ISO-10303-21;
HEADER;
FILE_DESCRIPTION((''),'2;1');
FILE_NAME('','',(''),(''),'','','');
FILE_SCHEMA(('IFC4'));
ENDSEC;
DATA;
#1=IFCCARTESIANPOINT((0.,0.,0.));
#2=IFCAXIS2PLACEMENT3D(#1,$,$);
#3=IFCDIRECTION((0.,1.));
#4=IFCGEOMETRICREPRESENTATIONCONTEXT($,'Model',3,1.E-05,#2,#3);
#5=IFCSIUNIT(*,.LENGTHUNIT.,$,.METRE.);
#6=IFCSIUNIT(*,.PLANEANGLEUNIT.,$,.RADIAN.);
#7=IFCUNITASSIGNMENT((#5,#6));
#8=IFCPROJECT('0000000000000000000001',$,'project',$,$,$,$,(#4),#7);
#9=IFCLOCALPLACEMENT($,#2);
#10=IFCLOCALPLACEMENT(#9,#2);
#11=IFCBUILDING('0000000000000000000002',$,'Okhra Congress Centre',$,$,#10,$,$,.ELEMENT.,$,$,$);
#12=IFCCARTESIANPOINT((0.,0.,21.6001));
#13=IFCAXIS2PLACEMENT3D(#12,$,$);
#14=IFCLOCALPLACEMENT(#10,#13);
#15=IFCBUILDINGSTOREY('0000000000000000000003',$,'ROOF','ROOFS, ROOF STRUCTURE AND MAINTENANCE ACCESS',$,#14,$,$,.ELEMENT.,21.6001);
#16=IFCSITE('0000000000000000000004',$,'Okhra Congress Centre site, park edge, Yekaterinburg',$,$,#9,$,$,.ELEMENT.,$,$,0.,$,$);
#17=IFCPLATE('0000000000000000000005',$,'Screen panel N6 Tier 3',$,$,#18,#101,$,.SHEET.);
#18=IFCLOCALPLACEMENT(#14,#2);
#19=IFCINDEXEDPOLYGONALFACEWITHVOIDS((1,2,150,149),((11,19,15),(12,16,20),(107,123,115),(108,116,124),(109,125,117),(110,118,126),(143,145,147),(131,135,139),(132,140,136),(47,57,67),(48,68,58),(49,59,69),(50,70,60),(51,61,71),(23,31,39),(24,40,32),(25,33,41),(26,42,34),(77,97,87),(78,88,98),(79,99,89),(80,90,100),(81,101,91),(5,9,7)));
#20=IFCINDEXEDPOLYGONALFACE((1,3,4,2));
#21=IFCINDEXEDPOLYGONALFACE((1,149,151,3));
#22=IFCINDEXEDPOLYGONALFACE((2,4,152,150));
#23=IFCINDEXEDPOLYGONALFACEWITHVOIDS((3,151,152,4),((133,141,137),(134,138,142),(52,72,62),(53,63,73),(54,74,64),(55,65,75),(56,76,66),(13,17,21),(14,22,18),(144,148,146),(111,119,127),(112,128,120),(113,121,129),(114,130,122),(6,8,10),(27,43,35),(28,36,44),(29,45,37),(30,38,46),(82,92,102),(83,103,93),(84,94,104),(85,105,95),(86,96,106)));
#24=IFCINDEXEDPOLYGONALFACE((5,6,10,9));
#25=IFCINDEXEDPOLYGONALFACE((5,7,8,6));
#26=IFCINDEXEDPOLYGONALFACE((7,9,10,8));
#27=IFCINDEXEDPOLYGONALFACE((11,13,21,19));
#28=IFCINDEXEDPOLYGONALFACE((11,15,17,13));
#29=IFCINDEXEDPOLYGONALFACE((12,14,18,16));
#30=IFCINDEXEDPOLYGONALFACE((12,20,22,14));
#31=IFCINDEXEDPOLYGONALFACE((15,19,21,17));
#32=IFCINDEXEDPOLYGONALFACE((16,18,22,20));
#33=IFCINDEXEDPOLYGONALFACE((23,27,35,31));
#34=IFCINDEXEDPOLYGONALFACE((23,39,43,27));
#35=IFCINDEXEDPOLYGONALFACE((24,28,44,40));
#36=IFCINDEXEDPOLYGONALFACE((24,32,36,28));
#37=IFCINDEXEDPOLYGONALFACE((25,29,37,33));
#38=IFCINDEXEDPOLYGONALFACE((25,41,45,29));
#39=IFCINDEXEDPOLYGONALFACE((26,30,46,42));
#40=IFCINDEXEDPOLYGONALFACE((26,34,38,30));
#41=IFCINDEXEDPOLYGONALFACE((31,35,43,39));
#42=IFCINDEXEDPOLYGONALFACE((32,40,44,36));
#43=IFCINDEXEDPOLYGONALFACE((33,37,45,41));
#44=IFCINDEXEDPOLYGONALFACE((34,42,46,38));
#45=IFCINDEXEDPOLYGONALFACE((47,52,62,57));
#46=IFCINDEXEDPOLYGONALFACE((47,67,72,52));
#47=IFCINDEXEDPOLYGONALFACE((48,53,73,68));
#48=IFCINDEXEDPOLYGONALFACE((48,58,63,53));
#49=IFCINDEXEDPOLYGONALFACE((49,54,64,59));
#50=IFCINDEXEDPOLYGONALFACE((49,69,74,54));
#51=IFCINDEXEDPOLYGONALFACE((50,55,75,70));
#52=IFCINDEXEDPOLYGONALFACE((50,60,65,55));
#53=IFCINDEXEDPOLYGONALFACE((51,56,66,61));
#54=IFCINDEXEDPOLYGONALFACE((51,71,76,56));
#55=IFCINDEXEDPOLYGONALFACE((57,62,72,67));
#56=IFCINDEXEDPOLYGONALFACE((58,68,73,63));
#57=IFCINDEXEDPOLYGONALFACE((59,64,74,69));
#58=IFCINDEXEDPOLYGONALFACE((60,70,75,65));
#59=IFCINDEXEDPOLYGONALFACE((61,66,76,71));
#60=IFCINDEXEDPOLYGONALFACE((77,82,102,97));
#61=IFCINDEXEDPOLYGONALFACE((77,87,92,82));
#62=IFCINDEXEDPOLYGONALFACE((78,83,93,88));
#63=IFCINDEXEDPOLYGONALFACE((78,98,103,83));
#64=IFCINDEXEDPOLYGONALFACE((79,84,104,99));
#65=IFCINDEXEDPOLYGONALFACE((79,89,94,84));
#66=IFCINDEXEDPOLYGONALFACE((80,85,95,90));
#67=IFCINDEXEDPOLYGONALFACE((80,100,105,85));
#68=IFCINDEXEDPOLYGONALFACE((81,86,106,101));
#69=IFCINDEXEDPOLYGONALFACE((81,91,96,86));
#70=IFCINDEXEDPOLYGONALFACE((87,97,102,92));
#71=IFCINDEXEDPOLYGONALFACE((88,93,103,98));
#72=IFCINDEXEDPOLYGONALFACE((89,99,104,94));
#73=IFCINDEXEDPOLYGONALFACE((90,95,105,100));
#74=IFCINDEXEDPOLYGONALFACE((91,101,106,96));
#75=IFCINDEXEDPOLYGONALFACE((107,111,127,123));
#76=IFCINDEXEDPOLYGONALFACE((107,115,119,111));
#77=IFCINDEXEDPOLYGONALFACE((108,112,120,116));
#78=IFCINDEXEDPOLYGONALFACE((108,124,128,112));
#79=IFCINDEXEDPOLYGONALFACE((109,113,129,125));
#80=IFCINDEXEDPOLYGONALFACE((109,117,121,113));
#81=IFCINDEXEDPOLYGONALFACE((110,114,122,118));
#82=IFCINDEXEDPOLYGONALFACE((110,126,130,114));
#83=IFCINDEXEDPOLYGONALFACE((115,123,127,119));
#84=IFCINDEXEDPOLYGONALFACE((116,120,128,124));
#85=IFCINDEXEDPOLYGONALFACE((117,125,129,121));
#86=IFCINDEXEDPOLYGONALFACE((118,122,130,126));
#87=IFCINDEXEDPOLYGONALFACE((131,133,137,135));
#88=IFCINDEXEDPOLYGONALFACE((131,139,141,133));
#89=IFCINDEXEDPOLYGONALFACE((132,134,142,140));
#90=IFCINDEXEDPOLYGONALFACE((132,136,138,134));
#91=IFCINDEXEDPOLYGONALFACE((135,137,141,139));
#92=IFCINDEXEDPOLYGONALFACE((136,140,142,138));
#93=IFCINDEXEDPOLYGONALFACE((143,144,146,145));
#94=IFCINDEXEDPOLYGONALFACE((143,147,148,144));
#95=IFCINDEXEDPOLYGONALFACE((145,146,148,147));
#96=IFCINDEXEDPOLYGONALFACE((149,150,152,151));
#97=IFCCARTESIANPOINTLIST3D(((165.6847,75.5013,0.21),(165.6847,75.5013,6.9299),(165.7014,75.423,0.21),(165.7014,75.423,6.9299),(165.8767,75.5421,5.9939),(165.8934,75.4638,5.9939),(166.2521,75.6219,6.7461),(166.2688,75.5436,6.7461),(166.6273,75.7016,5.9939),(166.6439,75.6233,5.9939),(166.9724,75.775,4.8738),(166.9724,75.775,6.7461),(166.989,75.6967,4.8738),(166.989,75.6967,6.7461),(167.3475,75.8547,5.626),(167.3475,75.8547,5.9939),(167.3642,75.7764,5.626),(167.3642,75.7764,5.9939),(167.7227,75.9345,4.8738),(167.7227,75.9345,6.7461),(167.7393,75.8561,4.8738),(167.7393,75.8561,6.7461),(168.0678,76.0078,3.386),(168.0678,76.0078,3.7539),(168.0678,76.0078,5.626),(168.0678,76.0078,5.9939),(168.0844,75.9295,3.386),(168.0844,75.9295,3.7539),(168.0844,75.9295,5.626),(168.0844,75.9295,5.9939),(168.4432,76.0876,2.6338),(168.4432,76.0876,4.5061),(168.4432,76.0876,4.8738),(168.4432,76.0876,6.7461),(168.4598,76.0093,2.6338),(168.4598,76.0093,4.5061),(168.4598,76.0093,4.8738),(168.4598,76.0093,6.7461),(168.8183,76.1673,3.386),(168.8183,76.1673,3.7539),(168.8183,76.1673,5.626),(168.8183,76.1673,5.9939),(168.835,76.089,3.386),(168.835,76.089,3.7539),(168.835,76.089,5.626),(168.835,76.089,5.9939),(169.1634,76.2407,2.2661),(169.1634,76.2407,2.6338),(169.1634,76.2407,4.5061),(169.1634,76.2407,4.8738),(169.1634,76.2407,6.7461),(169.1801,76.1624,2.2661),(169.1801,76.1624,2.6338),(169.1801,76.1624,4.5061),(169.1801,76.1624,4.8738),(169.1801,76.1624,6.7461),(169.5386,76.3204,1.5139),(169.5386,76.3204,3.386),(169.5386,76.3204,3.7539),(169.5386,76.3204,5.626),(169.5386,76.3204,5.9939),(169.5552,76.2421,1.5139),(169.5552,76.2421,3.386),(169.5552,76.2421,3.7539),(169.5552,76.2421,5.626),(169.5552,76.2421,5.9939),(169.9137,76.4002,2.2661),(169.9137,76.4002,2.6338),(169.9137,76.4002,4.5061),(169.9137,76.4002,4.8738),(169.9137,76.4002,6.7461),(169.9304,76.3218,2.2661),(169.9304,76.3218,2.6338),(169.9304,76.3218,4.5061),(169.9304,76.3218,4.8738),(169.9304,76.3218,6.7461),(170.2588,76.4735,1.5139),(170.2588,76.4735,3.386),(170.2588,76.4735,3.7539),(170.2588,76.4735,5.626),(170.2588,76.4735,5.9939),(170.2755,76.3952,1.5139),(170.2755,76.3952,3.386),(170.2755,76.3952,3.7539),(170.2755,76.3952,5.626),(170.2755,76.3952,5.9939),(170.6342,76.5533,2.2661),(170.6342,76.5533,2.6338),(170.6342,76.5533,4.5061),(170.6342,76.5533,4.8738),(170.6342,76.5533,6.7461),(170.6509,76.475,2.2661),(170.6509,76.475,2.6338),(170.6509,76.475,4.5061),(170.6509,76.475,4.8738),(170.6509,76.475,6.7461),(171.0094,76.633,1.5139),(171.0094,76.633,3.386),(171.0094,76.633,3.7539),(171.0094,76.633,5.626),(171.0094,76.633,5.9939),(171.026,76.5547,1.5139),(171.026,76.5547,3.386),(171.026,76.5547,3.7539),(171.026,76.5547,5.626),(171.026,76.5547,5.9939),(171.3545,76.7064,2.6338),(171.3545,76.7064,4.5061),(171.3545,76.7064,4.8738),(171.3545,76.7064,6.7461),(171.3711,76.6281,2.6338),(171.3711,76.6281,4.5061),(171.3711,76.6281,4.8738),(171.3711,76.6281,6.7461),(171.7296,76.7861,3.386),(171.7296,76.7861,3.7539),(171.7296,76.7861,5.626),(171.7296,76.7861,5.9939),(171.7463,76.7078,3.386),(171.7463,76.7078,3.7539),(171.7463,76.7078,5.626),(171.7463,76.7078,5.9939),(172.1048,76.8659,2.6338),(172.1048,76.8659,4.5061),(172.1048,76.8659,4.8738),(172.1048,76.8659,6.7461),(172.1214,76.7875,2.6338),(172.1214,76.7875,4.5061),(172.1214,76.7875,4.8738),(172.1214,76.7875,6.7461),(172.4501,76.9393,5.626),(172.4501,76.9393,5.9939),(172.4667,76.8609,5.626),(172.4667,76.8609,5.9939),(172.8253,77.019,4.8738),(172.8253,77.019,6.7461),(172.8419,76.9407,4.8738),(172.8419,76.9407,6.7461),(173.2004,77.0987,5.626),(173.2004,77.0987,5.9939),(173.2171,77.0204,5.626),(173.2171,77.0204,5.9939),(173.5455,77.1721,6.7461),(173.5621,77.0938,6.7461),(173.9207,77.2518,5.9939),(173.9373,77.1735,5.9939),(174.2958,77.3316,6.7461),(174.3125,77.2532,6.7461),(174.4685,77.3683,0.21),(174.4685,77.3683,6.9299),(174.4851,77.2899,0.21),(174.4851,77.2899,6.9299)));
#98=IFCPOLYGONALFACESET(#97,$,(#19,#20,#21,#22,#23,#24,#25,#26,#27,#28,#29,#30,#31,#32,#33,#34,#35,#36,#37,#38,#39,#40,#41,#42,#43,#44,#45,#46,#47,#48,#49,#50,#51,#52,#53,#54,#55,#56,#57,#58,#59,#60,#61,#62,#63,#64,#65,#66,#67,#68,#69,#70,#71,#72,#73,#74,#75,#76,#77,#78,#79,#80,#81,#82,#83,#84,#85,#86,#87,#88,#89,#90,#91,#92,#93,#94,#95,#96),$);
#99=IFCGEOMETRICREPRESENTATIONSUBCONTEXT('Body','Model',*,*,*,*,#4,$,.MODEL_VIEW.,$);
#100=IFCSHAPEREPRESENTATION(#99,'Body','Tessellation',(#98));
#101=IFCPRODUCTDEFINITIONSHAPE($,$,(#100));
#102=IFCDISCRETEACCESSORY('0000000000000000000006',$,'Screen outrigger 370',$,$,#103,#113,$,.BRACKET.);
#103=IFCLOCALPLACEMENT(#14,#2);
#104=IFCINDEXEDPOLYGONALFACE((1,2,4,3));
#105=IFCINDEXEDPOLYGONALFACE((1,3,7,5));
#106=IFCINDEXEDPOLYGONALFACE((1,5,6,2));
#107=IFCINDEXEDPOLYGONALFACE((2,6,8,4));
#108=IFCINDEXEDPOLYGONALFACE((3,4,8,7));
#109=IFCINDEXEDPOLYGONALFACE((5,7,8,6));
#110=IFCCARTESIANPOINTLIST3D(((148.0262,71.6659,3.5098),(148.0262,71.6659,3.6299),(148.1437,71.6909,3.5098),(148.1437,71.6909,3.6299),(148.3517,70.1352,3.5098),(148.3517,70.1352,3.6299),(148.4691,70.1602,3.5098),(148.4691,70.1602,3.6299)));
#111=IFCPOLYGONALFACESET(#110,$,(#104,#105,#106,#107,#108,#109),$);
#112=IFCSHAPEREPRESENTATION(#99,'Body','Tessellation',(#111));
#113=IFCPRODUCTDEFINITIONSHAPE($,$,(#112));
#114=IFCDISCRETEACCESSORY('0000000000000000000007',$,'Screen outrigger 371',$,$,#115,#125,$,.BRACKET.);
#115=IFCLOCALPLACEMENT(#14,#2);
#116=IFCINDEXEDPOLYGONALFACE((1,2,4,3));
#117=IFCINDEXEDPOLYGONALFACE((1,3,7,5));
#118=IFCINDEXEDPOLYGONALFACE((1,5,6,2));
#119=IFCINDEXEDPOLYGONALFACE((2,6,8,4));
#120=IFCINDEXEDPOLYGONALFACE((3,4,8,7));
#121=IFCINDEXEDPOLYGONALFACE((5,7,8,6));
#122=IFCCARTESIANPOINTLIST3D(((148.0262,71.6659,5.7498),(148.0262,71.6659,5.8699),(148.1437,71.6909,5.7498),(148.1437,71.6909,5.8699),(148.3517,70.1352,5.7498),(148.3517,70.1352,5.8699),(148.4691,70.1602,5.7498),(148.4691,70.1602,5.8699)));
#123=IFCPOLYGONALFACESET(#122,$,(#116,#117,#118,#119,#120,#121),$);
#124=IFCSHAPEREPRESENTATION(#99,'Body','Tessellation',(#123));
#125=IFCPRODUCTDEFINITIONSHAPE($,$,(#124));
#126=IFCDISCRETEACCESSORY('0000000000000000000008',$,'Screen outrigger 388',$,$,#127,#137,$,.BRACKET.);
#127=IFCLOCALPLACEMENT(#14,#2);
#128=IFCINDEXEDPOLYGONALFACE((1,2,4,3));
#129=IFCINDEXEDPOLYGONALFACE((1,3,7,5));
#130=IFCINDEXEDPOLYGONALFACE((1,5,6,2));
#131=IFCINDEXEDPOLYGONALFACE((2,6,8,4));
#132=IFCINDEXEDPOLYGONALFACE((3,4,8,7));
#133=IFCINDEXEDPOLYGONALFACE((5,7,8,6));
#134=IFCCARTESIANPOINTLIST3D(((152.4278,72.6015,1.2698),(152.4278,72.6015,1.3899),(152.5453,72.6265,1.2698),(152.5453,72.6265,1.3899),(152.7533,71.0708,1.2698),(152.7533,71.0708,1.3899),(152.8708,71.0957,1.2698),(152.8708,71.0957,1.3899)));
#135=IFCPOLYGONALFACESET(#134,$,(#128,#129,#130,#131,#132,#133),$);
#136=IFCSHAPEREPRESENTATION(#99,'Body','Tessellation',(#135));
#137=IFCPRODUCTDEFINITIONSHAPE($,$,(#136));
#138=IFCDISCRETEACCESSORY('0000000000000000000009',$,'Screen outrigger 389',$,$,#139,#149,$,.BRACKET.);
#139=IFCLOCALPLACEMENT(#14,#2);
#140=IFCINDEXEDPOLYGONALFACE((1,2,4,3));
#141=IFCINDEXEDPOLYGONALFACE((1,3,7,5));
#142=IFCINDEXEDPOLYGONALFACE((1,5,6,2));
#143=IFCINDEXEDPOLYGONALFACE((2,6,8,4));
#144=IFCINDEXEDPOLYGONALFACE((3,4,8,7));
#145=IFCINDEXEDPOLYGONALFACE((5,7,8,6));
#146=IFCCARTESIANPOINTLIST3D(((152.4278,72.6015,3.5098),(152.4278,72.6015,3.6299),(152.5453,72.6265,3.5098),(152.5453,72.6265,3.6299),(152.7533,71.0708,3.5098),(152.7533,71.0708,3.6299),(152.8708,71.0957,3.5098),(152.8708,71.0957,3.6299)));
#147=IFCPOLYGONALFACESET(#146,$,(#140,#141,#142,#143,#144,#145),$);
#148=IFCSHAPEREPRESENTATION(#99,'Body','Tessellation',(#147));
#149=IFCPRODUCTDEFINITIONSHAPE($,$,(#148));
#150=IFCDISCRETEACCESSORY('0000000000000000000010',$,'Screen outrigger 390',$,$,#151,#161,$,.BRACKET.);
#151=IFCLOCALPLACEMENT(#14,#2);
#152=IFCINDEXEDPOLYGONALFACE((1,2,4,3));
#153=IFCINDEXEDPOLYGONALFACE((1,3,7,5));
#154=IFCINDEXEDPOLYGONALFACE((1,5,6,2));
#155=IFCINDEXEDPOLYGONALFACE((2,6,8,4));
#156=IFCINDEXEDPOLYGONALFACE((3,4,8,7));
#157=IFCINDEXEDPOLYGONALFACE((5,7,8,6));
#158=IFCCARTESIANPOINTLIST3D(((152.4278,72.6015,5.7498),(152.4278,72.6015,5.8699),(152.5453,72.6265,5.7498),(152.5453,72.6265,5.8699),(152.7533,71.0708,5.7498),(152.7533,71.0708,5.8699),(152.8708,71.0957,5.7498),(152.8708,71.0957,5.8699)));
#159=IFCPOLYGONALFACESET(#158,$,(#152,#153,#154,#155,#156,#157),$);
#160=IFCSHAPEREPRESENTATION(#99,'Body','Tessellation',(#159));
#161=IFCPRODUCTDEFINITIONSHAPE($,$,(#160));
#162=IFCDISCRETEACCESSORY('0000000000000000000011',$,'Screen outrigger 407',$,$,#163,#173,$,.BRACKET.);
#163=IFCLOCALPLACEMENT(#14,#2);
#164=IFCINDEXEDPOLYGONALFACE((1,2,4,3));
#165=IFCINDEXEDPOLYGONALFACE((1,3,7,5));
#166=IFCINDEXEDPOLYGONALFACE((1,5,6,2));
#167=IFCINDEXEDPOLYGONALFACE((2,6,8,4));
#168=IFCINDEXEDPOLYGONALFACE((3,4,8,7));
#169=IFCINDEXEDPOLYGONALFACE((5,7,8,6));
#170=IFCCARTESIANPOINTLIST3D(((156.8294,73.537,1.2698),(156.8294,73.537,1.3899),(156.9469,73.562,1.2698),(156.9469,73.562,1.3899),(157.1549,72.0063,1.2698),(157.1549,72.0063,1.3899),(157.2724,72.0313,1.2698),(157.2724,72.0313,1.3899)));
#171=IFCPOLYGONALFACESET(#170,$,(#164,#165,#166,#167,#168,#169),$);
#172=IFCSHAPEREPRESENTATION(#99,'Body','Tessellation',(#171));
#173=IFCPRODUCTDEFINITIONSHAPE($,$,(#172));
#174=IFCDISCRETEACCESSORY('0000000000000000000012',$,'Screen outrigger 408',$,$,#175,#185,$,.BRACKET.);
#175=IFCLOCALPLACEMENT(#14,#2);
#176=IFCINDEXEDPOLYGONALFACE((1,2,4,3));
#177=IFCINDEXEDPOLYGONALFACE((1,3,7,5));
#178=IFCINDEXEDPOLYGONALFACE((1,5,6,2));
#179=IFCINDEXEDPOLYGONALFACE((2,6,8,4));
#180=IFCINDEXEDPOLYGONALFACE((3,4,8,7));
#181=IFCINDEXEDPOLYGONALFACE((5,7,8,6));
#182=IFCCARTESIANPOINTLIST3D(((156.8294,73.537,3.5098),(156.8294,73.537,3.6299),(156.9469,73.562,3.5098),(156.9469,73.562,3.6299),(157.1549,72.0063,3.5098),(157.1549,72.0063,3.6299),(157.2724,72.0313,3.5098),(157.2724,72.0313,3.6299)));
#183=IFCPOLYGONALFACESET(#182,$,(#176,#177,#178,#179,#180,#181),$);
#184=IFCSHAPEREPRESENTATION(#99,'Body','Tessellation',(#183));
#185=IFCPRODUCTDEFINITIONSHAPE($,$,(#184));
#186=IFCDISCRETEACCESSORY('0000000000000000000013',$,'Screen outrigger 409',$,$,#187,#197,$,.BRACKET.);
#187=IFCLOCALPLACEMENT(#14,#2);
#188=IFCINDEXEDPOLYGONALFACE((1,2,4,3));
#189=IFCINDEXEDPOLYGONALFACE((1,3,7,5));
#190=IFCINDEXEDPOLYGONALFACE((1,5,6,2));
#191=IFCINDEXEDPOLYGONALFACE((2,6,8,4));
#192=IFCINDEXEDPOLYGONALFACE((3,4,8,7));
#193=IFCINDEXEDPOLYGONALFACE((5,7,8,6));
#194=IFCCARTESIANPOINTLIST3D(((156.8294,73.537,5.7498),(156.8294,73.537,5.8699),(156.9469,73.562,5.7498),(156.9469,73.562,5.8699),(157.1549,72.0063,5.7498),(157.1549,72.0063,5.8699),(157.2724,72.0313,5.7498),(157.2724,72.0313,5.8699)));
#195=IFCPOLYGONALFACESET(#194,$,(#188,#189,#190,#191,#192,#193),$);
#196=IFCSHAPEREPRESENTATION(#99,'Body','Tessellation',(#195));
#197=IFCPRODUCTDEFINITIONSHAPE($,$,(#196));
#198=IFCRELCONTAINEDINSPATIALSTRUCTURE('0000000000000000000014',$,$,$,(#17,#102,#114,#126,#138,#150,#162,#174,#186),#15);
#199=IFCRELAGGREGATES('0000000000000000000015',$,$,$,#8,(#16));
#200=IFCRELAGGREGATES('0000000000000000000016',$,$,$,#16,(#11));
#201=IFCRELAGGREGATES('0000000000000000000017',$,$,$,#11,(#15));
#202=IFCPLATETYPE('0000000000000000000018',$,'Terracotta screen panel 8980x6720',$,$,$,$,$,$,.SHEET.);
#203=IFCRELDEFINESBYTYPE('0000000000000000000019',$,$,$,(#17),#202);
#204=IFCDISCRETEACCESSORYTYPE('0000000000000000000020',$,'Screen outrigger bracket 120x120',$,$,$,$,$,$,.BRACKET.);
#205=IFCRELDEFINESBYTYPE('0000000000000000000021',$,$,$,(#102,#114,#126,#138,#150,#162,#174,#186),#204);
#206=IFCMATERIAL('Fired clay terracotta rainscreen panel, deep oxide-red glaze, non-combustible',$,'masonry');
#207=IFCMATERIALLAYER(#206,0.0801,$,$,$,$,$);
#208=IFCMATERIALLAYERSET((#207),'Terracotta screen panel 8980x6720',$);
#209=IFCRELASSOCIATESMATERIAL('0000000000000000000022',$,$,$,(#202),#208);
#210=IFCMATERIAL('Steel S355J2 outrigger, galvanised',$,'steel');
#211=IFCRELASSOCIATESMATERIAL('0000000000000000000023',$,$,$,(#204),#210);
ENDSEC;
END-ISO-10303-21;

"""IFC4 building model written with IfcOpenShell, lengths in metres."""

from ifc_helpers import new_model, si_unit, direction, frame, origin, origin_2d, place, context, subcontext, project, spatial, polyline, rectangle, outline, extrude, material, layer, layer_set, material_profile, profile_set, type_object, element, save


model = new_model("IFC4")

# Units and contexts
model_context = context("Model", 3, precision=1e-05, world=origin(), true_north=direction((0.0, 1.0)))
body_context = subcontext(model_context, "Body", "Model", "MODEL_VIEW")
ifc_project = project(units=[si_unit("LENGTHUNIT", "METRE"), si_unit("PLANEANGLEUNIT", "RADIAN")], contexts=[model_context])

# Site, building, storey
site_placement = place(None, origin())
site = spatial("IfcSite", under=ifc_project, at=site_placement, Name="Okhra Congress Centre site, park edge, Yekaterinburg", CompositionType="ELEMENT", RefElevation=0.0)
building_placement = place(site_placement, origin())
building = spatial("IfcBuilding", under=site, at=building_placement, Name="Okhra Congress Centre", CompositionType="ELEMENT")
storey_placement = place(building_placement, frame((0.0, 0.0, 21.6001)))
storey = spatial("IfcBuildingStorey", under=building, at=storey_placement, Name="ROOF", Description="ROOFS, ROOF STRUCTURE AND MAINTENANCE ACCESS", CompositionType="ELEMENT", Elevation=21.6001)

# Plate
ifc_material_1 = material(Name="Fired clay terracotta rainscreen panel, deep oxide-red glaze, non-combustible", Category="masonry")
ifc_layer_1 = layer(ifc_material_1, 0.0801)
ifc_layer_set_1 = layer_set([ifc_layer_1], Name="Terracotta screen panel 8980x6720")
plate_type_1 = type_object("IfcPlateType", Name="Terracotta screen panel 8980x6720", PredefinedType="SHEET", material=ifc_layer_set_1)
plate_1_placement = place(storey_placement, frame((174.4768, 77.3291, 0.21), z_axis=(0.0, 0.0, 1.0), x_axis=(-0.97815, -0.207902, 0.0)))
element("IfcPlate", 1, at=plate_1_placement, inside=storey, type_object=plate_type_1, Name="Screen panel N6 Tier 3", PredefinedType="SHEET", context=body_context, shape_type="SweptSolid", body=[
    extrude(outline(polyline([(0.0, 0.0), (8.98, 0.0), (8.98, 6.72), (0.0, 6.72), (0.0, 0.0)]), holes=[polyline([(3.5364, 1.304), (4.3037, 1.304), (3.9199, 2.0562), (3.5364, 1.304)]), polyline([(4.6565, 2.0562), (5.04, 1.304), (5.4236, 2.0562), (4.6565, 2.0562)]), polyline([(2.4165, 2.4238), (3.1836, 2.4238), (2.8, 3.176), (2.4165, 2.4238)]), polyline([(3.5364, 3.176), (3.9199, 2.4238), (4.3037, 3.176), (3.5364, 3.176)]), polyline([(4.6565, 2.4238), (5.4236, 2.4238), (5.04, 3.176), (4.6565, 2.4238)]), polyline([(5.7764, 3.176), (6.1599, 2.4238), (6.5437, 3.176), (5.7764, 3.176)]), polyline([(2.4165, 4.2961), (2.8, 3.5439), (3.1836, 4.2961), (2.4165, 4.2961)]), polyline([(3.5364, 3.5439), (4.3037, 3.5439), (3.9199, 4.2961), (3.5364, 3.5439)]), polyline([(4.6565, 4.2961), (5.04, 3.5439), (5.4236, 4.2961), (4.6565, 4.2961)]), polyline([(5.7764, 3.5439), (6.5437, 3.5439), (6.1599, 4.2961), (5.7764, 3.5439)]), polyline([(1.2964, 5.416), (1.6799, 4.6638), (2.0635, 5.416), (1.2964, 5.416)]), polyline([(2.4165, 4.6638), (3.1836, 4.6638), (2.8, 5.416), (2.4165, 4.6638)]), polyline([(3.5364, 5.416), (3.9199, 4.6638), (4.3037, 5.416), (3.5364, 5.416)]), polyline([(4.6565, 4.6638), (5.4236, 4.6638), (5.04, 5.416), (4.6565, 4.6638)]), polyline([(5.7764, 5.416), (6.1599, 4.6638), (6.5437, 5.416), (5.7764, 5.416)]), polyline([(6.8965, 4.6638), (7.6636, 4.6638), (7.28, 5.416), (6.8965, 4.6638)]), polyline([(0.1765, 6.5361), (0.5601, 5.7839), (0.9436, 6.5361), (0.1765, 6.5361)]), polyline([(1.2964, 5.7839), (2.0635, 5.7839), (1.6799, 6.5361), (1.2964, 5.7839)]), polyline([(2.4165, 6.5361), (2.8, 5.7839), (3.1836, 6.5361), (2.4165, 6.5361)]), polyline([(3.5364, 5.7839), (4.3037, 5.7839), (3.9199, 6.5361), (3.5364, 5.7839)]), polyline([(4.6565, 6.5361), (5.04, 5.7839), (5.4236, 6.5361), (4.6565, 6.5361)]), polyline([(5.7764, 5.7839), (6.5437, 5.7839), (6.1599, 6.5361), (5.7764, 5.7839)]), polyline([(6.8965, 6.5361), (7.28, 5.7839), (7.6636, 6.5361), (6.8965, 6.5361)]), polyline([(8.0164, 5.7839), (8.7837, 5.7839), (8.3999, 6.5361), (8.0164, 5.7839)])]), frame((0.0, 0.04, 0.0), z_axis=(0.0, -1.0, 0.0), x_axis=(1.0, 0.0, 0.0)), (0.0, 0.0, 1.0), 0.0801),
])

# Discrete accessories
ifc_material_2 = material(Name="Steel S355J2 outrigger, galvanised", Category="steel")
ifc_material_profile_1 = material_profile(ifc_material_2, rectangle(XDim=0.1201, YDim=0.1201, at=origin_2d()), Name="Screen outrigger bracket 120x120")
ifc_profile_set_1 = profile_set([ifc_material_profile_1], Name="Steel S355J2 outrigger, galvanised")
discrete_accessory_type = type_object("IfcDiscreteAccessoryType", Name="Screen outrigger bracket 120x120", PredefinedType="BRACKET", material=ifc_profile_set_1)
for number, where, z_axis, x_axis, name in (
    (2, (148.4104, 70.1477, 3.5698), (-0.207952, 0.978139, 0.0), (-0.978139, -0.207952, 0.0), "Screen outrigger 370"),
    (3, (148.4104, 70.1477, 5.8098), (-0.207952, 0.978139, 0.0), (-0.978139, -0.207952, 0.0), "Screen outrigger 371"),
    (4, (152.812, 71.0833, 1.3298), (-0.207952, 0.978139, 0.0), (-0.978139, -0.207952, 0.0), "Screen outrigger 388"),
    (5, (152.812, 71.0833, 3.5698), (-0.207952, 0.978139, 0.0), (-0.978139, -0.207952, 0.0), "Screen outrigger 389"),
    (6, (152.812, 71.0833, 5.8098), (-0.207952, 0.978139, 0.0), (-0.978139, -0.207952, 0.0), "Screen outrigger 390"),
    (7, (157.2136, 72.0188, 1.3298), (-0.207952, 0.978139, 0.0), (-0.978139, -0.207952, 0.0), "Screen outrigger 407"),
    (8, (157.2136, 72.0188, 3.5698), (-0.207952, 0.978139, 0.0), (-0.978139, -0.207952, 0.0), "Screen outrigger 408"),
    (9, (157.2136, 72.0188, 5.8098), (-0.207952, 0.978139, 0.0), (-0.978139, -0.207952, 0.0), "Screen outrigger 409"),
):
    element("IfcDiscreteAccessory", number, at=place(storey_placement, frame(where, z_axis=z_axis, x_axis=x_axis)), inside=storey, type_object=discrete_accessory_type, Name=name, PredefinedType="BRACKET", context=body_context, shape_type="SweptSolid", body=[
        extrude(rectangle(XDim=0.1201, YDim=0.1201, at=origin_2d()), origin(), (0.0, 0.0, 1.0), 1.5649),
    ])

save(model, "model.ifc")
